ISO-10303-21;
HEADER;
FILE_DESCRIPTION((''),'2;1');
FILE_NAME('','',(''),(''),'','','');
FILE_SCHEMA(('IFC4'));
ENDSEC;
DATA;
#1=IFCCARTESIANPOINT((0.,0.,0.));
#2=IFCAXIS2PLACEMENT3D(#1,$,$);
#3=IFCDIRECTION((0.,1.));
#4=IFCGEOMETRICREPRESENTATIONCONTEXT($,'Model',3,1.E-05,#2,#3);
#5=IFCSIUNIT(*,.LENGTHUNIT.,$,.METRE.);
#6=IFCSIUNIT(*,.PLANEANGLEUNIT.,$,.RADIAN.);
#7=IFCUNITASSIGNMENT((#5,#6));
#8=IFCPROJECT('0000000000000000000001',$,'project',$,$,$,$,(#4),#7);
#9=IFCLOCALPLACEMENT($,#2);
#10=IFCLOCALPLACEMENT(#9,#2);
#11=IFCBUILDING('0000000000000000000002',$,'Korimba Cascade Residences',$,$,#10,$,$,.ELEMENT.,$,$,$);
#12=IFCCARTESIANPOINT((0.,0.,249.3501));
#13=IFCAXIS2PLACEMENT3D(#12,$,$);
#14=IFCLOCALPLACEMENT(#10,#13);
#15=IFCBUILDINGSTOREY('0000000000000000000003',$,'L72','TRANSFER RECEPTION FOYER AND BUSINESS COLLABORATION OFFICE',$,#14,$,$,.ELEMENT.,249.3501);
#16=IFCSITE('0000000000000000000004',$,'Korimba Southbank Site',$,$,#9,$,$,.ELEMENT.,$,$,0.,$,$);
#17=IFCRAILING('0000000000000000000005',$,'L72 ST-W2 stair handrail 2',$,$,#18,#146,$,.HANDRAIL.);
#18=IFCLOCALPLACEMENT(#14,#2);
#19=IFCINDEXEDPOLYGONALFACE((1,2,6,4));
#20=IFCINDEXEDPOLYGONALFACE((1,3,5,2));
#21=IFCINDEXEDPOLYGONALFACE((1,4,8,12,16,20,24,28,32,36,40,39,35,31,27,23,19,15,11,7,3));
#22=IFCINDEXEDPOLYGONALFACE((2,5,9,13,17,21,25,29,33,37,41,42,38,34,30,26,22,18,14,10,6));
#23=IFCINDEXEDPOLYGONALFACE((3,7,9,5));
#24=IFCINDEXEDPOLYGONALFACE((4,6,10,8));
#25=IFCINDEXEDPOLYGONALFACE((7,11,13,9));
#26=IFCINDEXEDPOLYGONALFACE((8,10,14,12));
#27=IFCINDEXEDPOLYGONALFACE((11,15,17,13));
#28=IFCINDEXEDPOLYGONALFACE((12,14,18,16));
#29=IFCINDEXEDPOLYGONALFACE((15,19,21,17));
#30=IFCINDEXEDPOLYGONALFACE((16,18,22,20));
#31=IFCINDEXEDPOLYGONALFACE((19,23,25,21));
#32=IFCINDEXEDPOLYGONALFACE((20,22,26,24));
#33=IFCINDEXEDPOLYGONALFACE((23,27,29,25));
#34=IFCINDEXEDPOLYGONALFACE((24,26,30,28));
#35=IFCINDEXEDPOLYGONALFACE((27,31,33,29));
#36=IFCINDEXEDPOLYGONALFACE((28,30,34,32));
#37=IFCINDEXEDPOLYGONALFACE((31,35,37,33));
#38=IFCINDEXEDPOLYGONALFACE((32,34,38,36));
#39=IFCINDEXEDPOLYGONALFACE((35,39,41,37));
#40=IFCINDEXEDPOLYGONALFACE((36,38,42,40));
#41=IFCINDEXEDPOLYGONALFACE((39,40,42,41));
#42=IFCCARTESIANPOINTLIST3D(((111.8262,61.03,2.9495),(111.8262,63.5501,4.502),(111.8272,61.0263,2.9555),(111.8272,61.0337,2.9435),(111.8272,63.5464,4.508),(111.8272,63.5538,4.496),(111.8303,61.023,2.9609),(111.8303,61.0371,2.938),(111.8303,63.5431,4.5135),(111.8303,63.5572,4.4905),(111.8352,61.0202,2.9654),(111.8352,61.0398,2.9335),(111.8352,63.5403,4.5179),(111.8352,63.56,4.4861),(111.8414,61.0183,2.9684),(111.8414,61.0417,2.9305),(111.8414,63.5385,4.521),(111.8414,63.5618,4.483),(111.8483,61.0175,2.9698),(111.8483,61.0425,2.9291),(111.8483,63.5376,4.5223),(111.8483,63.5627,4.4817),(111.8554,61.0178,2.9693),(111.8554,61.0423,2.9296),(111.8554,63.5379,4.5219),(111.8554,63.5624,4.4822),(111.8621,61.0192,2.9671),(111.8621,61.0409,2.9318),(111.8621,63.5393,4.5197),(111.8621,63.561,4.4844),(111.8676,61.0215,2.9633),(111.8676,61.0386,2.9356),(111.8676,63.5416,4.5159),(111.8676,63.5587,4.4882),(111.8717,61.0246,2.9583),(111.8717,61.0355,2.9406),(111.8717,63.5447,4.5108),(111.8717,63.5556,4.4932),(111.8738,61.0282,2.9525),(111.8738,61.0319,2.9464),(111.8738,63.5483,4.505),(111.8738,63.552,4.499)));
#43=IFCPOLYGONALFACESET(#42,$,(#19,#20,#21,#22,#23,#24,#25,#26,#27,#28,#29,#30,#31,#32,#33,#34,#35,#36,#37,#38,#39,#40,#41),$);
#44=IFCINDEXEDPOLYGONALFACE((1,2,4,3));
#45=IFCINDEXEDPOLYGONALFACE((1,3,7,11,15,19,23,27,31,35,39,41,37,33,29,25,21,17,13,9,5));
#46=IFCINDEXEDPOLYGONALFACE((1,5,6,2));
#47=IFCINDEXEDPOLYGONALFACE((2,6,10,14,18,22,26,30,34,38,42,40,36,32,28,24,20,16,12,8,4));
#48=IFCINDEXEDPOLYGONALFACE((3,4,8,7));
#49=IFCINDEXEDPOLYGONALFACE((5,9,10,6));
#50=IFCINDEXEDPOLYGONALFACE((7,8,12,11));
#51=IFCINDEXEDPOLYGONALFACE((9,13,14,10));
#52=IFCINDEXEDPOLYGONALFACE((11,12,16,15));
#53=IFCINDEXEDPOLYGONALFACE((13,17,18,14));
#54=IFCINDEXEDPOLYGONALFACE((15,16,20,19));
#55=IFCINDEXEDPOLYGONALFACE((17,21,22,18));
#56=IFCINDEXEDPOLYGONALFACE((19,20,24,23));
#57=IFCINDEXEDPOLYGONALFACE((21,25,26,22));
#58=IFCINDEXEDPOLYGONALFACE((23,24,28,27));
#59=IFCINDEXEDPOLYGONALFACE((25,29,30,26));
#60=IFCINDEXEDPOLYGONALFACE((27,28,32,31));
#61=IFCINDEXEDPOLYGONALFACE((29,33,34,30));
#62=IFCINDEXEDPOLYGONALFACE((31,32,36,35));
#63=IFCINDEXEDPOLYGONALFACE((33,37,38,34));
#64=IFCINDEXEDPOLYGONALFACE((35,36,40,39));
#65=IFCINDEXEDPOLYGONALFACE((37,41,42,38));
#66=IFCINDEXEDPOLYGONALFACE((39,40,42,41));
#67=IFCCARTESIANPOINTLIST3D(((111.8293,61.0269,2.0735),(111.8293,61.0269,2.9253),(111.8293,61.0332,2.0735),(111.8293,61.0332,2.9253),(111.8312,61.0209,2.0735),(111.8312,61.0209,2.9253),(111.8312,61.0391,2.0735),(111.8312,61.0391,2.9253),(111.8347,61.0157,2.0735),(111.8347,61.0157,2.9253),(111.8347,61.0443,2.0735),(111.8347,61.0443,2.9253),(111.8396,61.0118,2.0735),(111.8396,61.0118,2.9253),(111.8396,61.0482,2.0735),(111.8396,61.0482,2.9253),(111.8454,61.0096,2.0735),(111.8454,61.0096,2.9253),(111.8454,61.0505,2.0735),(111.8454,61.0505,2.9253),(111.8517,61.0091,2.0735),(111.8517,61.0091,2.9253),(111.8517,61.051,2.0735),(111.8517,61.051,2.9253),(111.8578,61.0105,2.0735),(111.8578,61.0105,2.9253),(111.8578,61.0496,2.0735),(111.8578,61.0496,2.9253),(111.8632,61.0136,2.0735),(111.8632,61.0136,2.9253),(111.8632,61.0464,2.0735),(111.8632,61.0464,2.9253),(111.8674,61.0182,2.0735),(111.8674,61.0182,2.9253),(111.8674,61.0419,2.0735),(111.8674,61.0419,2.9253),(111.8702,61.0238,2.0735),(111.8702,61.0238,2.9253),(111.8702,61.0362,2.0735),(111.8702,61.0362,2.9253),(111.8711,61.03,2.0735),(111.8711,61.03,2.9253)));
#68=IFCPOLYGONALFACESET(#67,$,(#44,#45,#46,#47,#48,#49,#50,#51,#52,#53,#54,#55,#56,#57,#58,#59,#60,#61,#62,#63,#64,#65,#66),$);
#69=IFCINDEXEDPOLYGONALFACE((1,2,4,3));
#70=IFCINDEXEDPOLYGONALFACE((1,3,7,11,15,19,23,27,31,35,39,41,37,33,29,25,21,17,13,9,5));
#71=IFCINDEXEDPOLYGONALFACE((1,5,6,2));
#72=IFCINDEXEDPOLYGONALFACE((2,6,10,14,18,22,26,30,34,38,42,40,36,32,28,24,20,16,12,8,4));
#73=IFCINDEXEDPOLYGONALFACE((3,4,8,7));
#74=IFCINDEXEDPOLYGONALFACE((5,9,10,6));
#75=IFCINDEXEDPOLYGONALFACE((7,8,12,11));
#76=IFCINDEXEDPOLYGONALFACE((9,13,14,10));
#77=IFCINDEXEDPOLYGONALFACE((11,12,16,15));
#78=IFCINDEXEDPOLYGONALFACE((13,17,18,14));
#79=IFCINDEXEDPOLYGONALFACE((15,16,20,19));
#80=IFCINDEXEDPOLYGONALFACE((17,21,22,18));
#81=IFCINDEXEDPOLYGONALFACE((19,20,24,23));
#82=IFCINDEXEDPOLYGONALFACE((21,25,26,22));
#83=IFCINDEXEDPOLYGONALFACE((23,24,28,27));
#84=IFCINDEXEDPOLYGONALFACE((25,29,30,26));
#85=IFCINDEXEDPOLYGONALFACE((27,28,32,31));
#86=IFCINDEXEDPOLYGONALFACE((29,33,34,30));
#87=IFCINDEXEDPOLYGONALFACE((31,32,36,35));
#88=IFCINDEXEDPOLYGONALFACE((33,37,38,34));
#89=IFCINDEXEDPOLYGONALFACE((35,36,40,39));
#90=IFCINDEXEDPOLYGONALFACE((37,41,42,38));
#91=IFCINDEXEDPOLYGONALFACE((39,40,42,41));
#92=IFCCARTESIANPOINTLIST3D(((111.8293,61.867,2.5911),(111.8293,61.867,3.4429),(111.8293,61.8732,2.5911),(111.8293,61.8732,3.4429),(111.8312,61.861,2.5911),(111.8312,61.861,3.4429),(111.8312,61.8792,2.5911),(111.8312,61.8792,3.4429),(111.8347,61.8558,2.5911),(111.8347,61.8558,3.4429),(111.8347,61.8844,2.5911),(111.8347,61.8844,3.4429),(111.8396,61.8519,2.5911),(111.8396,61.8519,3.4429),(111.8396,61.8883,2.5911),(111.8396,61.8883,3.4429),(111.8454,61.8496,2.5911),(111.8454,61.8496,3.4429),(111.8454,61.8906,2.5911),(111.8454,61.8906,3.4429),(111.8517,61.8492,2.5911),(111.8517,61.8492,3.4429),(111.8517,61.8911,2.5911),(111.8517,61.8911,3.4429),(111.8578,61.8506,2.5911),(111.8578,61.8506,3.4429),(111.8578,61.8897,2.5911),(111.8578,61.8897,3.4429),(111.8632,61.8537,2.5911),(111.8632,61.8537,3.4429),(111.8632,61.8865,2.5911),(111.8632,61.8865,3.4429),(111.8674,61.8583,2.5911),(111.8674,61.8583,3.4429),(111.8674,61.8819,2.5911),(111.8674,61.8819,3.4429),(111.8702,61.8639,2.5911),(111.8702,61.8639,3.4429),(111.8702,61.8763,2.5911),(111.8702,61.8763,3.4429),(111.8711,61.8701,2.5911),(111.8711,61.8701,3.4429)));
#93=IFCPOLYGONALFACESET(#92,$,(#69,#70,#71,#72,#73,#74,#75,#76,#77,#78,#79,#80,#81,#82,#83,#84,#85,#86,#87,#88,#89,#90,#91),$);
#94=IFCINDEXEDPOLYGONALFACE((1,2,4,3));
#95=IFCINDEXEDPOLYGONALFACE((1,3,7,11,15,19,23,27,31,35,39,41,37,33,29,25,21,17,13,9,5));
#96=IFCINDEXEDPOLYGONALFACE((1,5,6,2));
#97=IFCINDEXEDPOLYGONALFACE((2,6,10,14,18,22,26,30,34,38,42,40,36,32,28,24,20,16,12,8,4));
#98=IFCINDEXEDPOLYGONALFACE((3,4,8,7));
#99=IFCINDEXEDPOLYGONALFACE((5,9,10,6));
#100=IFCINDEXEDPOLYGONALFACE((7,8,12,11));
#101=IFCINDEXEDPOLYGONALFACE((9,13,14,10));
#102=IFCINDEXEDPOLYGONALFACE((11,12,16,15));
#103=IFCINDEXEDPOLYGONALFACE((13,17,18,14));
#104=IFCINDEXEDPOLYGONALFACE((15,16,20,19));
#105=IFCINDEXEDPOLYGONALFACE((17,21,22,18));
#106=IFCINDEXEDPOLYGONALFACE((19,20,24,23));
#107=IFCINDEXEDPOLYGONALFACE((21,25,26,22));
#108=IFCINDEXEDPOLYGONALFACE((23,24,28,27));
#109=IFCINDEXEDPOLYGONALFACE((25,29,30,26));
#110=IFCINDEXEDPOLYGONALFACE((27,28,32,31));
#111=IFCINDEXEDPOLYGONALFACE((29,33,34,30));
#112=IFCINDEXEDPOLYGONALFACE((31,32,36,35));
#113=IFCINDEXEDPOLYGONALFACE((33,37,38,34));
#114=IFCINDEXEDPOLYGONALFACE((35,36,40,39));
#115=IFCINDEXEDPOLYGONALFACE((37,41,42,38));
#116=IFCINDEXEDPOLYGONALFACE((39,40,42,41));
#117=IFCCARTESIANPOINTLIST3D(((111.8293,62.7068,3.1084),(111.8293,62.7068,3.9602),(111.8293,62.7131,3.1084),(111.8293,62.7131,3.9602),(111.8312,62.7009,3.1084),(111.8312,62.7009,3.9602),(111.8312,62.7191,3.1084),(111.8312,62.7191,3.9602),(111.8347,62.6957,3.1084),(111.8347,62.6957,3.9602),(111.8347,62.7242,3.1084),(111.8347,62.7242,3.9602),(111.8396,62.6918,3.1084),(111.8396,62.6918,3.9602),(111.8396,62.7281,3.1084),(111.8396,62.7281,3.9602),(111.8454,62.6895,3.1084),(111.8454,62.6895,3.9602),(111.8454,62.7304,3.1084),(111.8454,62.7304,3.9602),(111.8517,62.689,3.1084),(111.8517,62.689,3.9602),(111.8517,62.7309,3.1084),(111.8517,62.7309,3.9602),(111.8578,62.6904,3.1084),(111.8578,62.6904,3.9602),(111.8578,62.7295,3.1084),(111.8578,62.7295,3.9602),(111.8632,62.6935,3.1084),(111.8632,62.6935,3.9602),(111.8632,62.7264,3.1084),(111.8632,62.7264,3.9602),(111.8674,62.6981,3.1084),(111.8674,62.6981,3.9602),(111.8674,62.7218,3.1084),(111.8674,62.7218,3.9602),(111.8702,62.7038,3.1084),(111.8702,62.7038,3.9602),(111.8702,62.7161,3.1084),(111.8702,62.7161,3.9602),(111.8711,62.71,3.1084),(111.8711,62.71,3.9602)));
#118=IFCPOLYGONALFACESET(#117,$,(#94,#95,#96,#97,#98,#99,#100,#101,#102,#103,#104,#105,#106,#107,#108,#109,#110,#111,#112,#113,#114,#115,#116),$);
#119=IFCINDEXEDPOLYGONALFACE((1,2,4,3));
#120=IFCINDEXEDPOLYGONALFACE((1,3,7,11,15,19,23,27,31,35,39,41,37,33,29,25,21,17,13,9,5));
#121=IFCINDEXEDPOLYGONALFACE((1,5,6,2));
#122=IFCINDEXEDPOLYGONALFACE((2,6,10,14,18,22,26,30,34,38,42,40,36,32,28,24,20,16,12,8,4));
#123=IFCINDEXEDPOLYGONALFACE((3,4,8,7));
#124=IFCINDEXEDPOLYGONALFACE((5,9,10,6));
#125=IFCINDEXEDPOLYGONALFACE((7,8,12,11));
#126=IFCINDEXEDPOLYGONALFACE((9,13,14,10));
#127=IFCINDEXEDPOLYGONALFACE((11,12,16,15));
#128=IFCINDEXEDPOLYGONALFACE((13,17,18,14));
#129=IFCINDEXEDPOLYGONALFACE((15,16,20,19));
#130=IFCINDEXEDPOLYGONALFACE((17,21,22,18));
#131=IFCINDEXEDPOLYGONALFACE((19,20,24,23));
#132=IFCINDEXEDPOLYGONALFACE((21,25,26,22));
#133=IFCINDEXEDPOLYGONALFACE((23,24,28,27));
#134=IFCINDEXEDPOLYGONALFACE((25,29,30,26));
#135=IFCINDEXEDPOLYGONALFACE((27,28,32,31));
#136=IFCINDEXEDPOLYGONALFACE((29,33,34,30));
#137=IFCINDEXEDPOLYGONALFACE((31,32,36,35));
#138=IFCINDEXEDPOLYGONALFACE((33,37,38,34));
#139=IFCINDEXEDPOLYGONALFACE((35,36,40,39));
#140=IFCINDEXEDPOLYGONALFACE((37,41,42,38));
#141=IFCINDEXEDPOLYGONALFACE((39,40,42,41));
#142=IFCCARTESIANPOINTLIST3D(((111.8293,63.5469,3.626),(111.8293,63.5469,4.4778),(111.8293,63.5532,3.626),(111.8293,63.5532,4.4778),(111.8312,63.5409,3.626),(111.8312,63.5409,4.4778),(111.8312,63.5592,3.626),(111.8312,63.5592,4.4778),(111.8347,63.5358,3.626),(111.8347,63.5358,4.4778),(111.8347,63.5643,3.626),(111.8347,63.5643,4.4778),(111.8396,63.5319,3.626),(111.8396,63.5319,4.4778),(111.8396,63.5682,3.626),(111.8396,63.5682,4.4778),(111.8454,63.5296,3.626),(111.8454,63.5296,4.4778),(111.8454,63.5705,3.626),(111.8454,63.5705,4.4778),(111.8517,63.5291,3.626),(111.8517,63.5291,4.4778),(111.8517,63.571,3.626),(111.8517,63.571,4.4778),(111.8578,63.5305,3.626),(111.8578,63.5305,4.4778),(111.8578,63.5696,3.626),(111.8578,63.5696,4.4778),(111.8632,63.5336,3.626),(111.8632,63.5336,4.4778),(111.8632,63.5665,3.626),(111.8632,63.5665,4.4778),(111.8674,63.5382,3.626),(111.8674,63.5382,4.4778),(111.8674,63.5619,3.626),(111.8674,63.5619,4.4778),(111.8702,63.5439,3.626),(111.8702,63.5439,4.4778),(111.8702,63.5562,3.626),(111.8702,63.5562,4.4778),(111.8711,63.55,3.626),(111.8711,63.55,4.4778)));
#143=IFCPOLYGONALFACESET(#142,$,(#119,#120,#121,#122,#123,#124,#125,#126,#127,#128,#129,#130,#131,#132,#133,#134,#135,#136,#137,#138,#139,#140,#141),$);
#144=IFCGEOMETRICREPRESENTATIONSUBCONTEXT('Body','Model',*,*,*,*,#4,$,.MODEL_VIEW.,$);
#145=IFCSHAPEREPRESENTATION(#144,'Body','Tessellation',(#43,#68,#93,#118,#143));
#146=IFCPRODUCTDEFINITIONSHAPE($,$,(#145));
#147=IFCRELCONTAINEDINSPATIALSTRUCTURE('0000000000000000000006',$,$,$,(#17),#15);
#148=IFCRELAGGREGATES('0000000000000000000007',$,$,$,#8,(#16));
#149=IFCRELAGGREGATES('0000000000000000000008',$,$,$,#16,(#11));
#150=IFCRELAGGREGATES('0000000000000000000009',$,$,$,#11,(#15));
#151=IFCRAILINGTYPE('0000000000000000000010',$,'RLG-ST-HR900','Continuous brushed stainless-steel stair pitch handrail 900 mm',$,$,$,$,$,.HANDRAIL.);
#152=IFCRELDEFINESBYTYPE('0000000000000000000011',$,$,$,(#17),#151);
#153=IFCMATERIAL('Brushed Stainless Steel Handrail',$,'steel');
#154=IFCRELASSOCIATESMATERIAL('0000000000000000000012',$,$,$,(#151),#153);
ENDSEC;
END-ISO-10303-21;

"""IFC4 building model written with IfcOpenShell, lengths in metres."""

from ifc_helpers import new_model, si_unit, direction, frame, origin, origin_2d, place, context, subcontext, project, spatial, circle, extrude, material, type_object, element, save


model = new_model("IFC4")

# Units and contexts
model_context = context("Model", 3, precision=1e-05, world=origin(), true_north=direction((0.0, 1.0)))
body_context = subcontext(model_context, "Body", "Model", "MODEL_VIEW")
ifc_project = project(units=[si_unit("LENGTHUNIT", "METRE"), si_unit("PLANEANGLEUNIT", "RADIAN")], contexts=[model_context])

# Site, building, storey
site_placement = place(None, origin())
site = spatial("IfcSite", under=ifc_project, at=site_placement, Name="Korimba Southbank Site", CompositionType="ELEMENT", RefElevation=0.0)
building_placement = place(site_placement, origin())
building = spatial("IfcBuilding", under=site, at=building_placement, Name="Korimba Cascade Residences", CompositionType="ELEMENT")
storey_placement = place(building_placement, frame((0.0, 0.0, 249.3501)))
storey = spatial("IfcBuildingStorey", under=building, at=storey_placement, Name="L72", Description="TRANSFER RECEPTION FOYER AND BUSINESS COLLABORATION OFFICE", CompositionType="ELEMENT", Elevation=249.3501)

# Railing
ifc_material_1 = material(Name="Brushed Stainless Steel Handrail", Category="steel")
railing_type_1 = type_object("IfcRailingType", Name="RLG-ST-HR900", Description="Continuous brushed stainless-steel stair pitch handrail 900 mm", PredefinedType="HANDRAIL", material=ifc_material_1)
railing_1_placement = place(storey_placement, frame((111.8501, 61.03, 2.0735)))
element("IfcRailing", 1, at=railing_1_placement, inside=storey, type_object=railing_type_1, Name="L72 ST-W2 stair handrail 2", PredefinedType="HANDRAIL", context=body_context, shape_type="SweptSolid", body=[
    extrude(circle(Radius=0.0239, at=origin_2d()), frame((0.0, 0.0, 0.876), z_axis=(0.0, 0.8514, 0.524516), x_axis=(-1.0, 0.0, 0.0)), (0.0, 0.0, 1.0), 2.96),
    extrude(circle(Radius=0.021, at=origin_2d()), origin(), (0.0, 0.0, 1.0), 0.8518),
    extrude(circle(Radius=0.021, at=origin_2d()), frame((0.0, 0.8401, 0.5176)), (0.0, 0.0, 1.0), 0.8518),
    extrude(circle(Radius=0.021, at=origin_2d()), frame((0.0, 1.6799, 1.0349)), (0.0, 0.0, 1.0), 0.8518),
    extrude(circle(Radius=0.021, at=origin_2d()), frame((0.0, 2.52, 1.5525)), (0.0, 0.0, 1.0), 0.8518),
])

save(model, "model.ifc")
